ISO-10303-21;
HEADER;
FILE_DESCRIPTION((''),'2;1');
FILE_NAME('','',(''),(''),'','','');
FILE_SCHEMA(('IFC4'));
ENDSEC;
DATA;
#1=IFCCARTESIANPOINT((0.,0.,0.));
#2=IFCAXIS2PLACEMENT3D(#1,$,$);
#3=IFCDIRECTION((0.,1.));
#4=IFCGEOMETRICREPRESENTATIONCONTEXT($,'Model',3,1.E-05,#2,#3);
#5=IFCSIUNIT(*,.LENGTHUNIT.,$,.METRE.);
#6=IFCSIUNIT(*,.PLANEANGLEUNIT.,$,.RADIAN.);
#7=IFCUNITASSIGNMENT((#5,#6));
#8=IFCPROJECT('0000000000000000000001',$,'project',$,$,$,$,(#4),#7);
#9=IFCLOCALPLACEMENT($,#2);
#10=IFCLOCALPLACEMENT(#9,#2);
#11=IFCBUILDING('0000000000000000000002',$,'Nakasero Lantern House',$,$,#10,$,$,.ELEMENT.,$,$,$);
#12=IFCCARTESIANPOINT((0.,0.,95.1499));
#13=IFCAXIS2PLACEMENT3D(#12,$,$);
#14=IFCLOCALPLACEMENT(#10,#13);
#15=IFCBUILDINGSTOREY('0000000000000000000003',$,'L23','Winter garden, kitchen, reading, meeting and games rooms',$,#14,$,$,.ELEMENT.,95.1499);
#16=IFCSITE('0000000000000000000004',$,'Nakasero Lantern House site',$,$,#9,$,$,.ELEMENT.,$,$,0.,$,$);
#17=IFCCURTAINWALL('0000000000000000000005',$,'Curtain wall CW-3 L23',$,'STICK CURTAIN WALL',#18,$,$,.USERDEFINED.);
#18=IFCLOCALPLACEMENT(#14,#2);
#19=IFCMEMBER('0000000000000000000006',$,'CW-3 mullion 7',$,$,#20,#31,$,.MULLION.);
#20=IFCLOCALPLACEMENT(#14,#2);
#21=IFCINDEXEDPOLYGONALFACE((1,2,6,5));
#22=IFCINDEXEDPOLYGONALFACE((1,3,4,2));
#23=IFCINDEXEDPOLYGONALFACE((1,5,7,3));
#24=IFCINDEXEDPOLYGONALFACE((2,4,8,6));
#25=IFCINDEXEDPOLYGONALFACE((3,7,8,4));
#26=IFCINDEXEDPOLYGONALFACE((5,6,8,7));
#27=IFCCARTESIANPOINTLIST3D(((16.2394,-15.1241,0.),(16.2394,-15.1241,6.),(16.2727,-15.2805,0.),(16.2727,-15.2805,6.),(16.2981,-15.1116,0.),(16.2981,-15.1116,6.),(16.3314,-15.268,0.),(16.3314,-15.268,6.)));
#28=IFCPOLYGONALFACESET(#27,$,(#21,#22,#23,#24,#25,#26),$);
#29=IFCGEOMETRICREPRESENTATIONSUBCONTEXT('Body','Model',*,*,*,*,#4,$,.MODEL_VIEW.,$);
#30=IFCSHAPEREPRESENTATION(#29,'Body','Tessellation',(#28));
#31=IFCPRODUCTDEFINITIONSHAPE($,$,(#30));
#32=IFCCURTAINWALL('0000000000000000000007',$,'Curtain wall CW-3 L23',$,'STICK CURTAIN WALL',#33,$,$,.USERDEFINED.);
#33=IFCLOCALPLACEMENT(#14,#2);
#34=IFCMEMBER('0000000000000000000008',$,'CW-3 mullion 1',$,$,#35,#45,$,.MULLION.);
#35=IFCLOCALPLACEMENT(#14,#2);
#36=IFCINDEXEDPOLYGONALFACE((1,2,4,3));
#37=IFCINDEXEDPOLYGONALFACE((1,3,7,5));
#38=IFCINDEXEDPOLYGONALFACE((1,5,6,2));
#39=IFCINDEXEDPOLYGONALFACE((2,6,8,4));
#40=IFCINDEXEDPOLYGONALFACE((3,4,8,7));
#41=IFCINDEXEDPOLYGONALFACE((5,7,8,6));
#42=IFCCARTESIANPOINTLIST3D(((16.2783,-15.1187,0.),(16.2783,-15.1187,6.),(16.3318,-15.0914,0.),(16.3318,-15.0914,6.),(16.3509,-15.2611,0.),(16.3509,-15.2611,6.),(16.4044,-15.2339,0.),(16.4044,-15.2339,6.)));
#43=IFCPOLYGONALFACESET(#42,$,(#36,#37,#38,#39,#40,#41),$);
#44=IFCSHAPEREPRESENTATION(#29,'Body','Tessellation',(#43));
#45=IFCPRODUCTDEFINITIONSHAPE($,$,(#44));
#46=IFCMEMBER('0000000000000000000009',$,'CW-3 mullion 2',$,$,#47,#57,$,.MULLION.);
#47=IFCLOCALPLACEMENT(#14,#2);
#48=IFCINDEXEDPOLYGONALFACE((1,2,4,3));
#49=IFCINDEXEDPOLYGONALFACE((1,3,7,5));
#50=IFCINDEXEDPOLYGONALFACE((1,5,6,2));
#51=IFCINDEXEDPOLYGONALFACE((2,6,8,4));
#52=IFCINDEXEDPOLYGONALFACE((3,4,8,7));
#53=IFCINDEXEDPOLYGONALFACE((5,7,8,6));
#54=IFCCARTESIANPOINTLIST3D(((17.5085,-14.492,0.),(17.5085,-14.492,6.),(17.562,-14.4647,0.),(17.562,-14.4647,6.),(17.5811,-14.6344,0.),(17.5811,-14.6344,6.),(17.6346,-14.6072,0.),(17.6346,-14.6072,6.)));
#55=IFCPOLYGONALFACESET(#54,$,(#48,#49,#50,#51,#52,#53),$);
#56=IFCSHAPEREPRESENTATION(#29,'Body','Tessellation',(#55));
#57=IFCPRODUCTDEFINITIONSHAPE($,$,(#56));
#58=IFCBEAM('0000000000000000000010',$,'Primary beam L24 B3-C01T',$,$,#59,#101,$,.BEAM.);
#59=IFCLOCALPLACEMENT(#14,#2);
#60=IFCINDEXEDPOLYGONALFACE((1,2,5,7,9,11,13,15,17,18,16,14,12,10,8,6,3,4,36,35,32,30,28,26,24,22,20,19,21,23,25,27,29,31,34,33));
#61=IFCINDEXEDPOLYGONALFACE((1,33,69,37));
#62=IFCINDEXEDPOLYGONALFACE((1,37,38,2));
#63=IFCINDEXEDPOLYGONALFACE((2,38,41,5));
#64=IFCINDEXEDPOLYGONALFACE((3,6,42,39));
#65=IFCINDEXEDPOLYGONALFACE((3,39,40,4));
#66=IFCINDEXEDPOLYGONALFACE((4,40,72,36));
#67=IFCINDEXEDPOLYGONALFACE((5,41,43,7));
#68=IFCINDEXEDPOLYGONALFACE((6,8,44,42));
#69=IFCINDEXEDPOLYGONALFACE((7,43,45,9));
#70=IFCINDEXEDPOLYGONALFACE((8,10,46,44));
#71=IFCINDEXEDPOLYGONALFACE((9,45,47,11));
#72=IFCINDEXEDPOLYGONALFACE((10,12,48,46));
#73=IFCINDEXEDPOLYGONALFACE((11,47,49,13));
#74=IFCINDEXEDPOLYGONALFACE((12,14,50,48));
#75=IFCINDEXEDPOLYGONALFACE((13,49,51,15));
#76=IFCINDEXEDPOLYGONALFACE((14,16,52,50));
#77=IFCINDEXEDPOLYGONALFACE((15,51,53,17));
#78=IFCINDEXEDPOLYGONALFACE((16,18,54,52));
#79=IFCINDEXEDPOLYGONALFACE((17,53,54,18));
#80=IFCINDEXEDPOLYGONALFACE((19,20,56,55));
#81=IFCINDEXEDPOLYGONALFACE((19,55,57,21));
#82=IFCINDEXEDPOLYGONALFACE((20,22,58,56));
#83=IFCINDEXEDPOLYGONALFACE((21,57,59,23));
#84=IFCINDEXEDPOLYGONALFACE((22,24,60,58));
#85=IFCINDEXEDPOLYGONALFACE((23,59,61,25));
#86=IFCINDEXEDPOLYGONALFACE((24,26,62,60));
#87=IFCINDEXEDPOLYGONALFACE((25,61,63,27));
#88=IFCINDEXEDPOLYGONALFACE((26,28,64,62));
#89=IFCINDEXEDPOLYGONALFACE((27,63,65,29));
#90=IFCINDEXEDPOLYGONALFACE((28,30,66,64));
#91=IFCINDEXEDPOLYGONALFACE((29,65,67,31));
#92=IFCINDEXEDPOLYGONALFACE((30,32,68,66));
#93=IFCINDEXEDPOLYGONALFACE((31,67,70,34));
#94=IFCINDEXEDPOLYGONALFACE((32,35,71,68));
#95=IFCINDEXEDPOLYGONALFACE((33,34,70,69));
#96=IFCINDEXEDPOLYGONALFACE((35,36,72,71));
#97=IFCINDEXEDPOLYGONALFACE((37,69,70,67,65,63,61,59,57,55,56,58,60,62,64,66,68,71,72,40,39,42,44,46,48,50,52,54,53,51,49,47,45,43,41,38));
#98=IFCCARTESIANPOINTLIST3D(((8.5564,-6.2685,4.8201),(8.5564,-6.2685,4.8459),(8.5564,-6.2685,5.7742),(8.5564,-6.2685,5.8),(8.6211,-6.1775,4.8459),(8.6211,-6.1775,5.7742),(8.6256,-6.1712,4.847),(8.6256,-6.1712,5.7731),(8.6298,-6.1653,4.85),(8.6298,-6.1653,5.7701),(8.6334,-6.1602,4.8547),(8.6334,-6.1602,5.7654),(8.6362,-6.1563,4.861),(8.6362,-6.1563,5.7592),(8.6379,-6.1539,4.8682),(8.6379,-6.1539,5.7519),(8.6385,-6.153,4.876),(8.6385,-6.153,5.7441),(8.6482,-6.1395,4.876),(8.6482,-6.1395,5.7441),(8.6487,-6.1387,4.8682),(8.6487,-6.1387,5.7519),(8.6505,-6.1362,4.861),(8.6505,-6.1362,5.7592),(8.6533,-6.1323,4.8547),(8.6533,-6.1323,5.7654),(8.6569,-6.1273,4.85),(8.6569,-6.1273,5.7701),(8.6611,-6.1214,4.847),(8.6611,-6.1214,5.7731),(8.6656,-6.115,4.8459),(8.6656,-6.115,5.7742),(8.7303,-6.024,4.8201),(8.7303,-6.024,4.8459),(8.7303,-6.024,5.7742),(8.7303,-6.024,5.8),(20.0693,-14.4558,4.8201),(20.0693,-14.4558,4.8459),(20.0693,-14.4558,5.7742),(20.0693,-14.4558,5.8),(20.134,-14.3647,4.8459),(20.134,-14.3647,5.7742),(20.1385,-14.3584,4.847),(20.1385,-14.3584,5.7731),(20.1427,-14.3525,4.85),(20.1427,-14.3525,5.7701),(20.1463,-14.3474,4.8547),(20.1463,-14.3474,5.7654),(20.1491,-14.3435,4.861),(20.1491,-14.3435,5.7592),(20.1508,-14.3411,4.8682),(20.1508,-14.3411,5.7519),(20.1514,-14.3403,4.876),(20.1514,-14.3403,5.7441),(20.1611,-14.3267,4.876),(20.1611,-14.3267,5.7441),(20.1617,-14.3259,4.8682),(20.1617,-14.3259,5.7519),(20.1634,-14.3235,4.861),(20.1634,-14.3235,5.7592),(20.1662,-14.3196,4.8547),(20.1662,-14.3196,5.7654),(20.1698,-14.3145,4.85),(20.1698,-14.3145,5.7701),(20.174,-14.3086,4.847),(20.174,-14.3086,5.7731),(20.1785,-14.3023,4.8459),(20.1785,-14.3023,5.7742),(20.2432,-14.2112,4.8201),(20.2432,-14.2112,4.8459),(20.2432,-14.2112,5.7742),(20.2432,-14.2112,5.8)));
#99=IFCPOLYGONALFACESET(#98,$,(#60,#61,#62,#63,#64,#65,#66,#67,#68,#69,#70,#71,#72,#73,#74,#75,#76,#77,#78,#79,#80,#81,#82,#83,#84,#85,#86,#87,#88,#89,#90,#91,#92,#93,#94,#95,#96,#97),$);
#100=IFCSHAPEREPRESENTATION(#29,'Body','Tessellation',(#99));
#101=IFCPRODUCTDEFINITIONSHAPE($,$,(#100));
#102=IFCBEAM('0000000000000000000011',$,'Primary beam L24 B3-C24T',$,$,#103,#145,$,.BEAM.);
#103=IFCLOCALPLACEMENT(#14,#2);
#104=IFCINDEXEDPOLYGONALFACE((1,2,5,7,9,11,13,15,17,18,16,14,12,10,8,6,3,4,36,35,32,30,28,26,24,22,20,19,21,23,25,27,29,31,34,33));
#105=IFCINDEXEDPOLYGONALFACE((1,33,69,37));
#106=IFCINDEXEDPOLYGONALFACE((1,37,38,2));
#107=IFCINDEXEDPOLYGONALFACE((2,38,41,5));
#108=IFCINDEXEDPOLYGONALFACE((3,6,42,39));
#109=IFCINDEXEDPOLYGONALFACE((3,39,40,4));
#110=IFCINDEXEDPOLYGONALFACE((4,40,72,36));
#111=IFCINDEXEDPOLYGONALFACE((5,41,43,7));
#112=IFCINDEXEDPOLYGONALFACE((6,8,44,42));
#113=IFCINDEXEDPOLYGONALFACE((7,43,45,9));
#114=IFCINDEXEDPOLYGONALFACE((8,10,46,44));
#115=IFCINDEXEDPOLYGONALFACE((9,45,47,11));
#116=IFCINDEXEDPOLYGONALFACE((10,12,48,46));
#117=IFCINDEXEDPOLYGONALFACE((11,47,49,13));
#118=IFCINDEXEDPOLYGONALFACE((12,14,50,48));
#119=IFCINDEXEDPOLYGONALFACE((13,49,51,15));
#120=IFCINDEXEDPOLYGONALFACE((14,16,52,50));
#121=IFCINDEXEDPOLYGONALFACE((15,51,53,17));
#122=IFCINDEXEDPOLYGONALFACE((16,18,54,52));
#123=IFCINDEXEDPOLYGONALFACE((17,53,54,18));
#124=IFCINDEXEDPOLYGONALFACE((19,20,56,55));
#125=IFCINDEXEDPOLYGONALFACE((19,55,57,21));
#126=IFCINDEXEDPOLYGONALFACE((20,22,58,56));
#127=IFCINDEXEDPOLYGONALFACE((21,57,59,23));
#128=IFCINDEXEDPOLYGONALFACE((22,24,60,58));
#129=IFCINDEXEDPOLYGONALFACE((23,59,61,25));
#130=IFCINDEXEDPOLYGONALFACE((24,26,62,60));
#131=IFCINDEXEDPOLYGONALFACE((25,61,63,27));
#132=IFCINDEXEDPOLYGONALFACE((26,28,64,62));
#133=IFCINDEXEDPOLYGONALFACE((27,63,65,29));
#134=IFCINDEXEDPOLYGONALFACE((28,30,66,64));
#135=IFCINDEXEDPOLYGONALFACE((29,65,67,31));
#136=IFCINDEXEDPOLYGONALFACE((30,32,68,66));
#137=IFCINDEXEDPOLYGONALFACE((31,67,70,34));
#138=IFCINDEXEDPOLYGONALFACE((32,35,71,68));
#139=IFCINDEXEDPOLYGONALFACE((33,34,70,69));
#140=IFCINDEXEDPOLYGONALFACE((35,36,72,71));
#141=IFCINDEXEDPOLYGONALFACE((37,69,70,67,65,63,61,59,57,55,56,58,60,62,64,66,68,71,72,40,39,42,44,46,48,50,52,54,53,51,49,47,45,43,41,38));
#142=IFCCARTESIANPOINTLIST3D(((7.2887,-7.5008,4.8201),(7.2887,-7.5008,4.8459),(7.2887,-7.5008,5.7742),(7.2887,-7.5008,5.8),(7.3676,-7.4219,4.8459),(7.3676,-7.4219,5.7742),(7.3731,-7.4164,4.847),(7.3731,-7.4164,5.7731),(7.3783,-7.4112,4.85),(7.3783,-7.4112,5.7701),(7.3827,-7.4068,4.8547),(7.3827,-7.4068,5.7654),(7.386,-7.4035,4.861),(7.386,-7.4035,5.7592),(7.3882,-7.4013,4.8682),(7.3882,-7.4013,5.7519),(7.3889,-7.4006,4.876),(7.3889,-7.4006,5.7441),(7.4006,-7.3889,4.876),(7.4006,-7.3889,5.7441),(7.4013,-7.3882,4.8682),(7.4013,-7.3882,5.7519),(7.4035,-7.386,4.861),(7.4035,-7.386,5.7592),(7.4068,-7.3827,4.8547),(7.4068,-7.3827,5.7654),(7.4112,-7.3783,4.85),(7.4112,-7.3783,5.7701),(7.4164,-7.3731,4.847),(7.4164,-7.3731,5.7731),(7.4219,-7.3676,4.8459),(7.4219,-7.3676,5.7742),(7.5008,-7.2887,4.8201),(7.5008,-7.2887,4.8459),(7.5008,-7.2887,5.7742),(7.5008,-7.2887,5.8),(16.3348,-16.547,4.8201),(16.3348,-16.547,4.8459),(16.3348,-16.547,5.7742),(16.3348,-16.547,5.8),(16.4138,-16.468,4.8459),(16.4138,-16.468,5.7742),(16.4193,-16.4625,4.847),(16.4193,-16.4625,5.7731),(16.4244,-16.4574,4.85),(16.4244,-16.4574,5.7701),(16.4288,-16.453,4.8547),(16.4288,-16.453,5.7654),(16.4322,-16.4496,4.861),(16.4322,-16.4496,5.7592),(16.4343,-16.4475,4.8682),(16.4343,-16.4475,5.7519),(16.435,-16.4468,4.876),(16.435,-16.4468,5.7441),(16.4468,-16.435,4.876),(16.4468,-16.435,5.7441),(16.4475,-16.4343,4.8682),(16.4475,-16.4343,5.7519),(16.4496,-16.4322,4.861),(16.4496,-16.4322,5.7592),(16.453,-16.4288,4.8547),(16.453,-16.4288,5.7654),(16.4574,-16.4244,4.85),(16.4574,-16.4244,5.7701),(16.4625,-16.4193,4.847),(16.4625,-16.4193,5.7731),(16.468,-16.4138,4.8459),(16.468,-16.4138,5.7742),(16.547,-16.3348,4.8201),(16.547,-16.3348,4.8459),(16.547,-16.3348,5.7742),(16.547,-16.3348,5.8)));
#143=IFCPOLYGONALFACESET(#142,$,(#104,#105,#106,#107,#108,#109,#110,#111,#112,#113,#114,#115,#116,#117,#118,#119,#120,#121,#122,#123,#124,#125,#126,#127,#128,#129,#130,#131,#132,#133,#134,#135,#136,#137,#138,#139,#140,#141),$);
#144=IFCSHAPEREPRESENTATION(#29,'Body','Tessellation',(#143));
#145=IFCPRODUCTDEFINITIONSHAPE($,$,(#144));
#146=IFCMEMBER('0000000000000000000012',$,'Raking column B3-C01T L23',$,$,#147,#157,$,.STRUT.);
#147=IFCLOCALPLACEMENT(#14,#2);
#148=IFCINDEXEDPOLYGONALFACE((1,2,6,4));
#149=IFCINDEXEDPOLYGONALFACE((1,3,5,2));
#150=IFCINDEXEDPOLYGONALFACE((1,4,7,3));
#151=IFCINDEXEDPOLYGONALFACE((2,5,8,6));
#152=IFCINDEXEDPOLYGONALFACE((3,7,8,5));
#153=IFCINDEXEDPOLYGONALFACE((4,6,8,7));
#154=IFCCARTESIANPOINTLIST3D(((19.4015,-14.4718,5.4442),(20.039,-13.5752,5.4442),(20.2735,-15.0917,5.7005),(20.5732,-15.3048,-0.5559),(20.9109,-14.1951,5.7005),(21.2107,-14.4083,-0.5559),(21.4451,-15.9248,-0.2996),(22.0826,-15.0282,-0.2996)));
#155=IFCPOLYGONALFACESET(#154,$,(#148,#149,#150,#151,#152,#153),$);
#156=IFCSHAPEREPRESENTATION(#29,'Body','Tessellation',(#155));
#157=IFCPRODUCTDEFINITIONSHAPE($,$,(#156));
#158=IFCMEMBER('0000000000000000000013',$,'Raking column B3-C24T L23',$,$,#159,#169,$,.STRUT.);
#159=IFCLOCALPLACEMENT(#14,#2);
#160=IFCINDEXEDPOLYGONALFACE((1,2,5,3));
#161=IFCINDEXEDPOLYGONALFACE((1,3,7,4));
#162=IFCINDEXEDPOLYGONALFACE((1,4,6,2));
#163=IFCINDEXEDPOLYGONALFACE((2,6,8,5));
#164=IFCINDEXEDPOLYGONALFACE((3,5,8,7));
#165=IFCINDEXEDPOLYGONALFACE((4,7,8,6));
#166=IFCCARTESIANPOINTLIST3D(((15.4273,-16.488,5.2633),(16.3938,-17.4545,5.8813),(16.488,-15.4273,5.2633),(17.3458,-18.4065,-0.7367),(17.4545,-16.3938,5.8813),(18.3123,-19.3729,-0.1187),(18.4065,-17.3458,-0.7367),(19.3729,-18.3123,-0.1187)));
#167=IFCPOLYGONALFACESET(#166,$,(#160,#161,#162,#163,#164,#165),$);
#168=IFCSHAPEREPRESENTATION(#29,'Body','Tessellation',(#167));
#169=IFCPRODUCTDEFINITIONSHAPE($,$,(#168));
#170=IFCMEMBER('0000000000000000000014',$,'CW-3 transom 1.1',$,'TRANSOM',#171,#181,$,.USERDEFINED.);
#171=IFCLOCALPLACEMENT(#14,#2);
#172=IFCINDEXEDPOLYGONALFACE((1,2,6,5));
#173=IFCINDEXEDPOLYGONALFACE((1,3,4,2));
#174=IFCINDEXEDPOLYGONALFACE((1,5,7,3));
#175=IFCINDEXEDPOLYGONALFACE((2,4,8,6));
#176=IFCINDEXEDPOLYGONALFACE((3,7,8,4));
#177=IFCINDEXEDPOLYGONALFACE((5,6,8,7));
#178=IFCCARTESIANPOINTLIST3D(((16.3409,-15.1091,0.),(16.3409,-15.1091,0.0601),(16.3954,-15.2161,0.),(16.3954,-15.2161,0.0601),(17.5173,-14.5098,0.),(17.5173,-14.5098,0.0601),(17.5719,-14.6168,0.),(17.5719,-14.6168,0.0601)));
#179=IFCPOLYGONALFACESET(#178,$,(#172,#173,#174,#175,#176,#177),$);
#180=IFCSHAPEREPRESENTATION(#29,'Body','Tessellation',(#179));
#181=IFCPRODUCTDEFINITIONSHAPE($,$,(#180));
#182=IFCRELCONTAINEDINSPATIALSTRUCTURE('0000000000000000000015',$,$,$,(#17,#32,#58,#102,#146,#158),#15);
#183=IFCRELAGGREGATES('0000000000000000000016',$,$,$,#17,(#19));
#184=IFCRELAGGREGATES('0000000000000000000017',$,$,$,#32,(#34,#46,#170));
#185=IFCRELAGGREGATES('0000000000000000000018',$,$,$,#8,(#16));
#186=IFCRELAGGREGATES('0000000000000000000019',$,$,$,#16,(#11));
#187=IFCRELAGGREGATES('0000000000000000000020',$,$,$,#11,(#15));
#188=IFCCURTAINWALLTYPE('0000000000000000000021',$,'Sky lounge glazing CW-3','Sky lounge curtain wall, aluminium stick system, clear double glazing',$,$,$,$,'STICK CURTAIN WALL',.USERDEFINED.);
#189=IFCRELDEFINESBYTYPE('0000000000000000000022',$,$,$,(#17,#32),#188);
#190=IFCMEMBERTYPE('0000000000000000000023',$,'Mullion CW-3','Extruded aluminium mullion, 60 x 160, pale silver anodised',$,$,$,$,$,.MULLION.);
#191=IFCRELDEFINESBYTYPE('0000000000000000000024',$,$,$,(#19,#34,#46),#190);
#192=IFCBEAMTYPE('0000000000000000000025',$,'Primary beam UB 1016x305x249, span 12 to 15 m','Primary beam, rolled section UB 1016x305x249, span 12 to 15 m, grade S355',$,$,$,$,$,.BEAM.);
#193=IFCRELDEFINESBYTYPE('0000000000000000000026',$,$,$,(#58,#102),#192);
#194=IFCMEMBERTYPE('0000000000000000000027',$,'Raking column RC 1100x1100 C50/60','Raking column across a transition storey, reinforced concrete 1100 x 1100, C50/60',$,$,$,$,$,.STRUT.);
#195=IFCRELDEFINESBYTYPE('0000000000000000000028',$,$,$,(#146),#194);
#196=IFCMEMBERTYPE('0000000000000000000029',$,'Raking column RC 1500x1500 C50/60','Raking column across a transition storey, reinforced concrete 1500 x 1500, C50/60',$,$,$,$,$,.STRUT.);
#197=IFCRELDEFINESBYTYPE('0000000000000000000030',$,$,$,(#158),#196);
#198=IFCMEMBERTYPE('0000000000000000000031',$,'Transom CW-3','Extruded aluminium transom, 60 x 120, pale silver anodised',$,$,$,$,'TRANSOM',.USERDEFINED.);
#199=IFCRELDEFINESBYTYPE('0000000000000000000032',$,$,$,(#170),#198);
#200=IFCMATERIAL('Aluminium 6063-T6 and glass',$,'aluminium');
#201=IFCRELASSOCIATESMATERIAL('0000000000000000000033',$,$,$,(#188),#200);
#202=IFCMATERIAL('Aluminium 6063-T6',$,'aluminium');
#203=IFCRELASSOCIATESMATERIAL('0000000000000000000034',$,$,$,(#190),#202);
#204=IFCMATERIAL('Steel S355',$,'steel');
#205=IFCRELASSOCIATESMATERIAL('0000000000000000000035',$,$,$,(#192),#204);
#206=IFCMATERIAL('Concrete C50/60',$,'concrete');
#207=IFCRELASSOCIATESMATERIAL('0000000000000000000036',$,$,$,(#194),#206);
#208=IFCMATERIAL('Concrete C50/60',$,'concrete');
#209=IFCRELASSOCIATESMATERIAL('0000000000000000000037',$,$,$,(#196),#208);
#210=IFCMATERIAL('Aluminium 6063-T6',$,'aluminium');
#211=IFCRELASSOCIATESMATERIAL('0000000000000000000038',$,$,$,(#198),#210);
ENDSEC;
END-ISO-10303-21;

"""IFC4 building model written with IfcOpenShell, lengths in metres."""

from ifc_helpers import new_model, si_unit, direction, frame, origin, origin_2d, place, context, subcontext, project, spatial, rectangle, i_section, extrude, material, material_profile, profile_set, type_object, element, aggregate, save


model = new_model("IFC4")

# Units and contexts
model_context = context("Model", 3, precision=1e-05, world=origin(), true_north=direction((0.0, 1.0)))
body_context = subcontext(model_context, "Body", "Model", "MODEL_VIEW")
ifc_project = project(units=[si_unit("LENGTHUNIT", "METRE"), si_unit("PLANEANGLEUNIT", "RADIAN")], contexts=[model_context])

# Site, building, storey
site_placement = place(None, origin())
site = spatial("IfcSite", under=ifc_project, at=site_placement, Name="Nakasero Lantern House site", CompositionType="ELEMENT", RefElevation=0.0)
building_placement = place(site_placement, origin())
building = spatial("IfcBuilding", under=site, at=building_placement, Name="Nakasero Lantern House", CompositionType="ELEMENT")
storey_placement = place(building_placement, frame((0.0, 0.0, 95.1499)))
storey = spatial("IfcBuildingStorey", under=building, at=storey_placement, Name="L23", Description="Winter garden, kitchen, reading, meeting and games rooms", CompositionType="ELEMENT", Elevation=95.1499)

# Curtain wall, member
ifc_material_1 = material(Name="Aluminium 6063-T6 and glass", Category="aluminium")
curtain_wall_type = type_object("IfcCurtainWallType", Name="Sky lounge glazing CW-3", Description="Sky lounge curtain wall, aluminium stick system, clear double glazing", ElementType="STICK CURTAIN WALL", PredefinedType="USERDEFINED", material=ifc_material_1)
curtain_wall_1_placement = place(storey_placement, origin())
curtain_wall_1 = element("IfcCurtainWall", 1, at=curtain_wall_1_placement, inside=storey, type_object=curtain_wall_type, Name="Curtain wall CW-3 L23", ObjectType="STICK CURTAIN WALL", PredefinedType="USERDEFINED")
ifc_material_2 = material(Name="Aluminium 6063-T6", Category="aluminium")
ifc_material_profile_1 = material_profile(ifc_material_2, rectangle(XDim=0.0601, YDim=0.1599, at=origin_2d()), Name="CW-3 mullion 60x160")
ifc_profile_set_1 = profile_set([ifc_material_profile_1], Name="Aluminium 6063-T6")
member_type_1 = type_object("IfcMemberType", Name="Mullion CW-3", Description="Extruded aluminium mullion, 60 x 160, pale silver anodised", PredefinedType="MULLION", material=ifc_profile_set_1)
member_1_placement = place(storey_placement, frame((16.2854, -15.196, 0.0), z_axis=(0.0, 0.0, 1.0), x_axis=(0.978148, 0.207912, 0.0)))
member_1 = element("IfcMember", 2, at=member_1_placement, type_object=member_type_1, Name="CW-3 mullion 7", PredefinedType="MULLION", context=body_context, shape_type="SweptSolid", body=[
    extrude(rectangle(XDim=0.0601, YDim=0.1599, at=origin_2d()), origin(), (0.0, 0.0, 1.0), 6.0),
])
aggregate(curtain_wall_1, [member_1])

# Curtain wall, members
curtain_wall_2_placement = place(storey_placement, origin())
curtain_wall_2 = element("IfcCurtainWall", 3, at=curtain_wall_2_placement, inside=storey, type_object=curtain_wall_type, Name="Curtain wall CW-3 L23", ObjectType="STICK CURTAIN WALL", PredefinedType="USERDEFINED")
member_2_placement = place(storey_placement, frame((16.3413, -15.1763, 0.0), z_axis=(0.0, 0.0, 1.0), x_axis=(0.891007, 0.45399, 0.0)))
member_2 = element("IfcMember", 4, at=member_2_placement, type_object=member_type_1, Name="CW-3 mullion 1", PredefinedType="MULLION", context=body_context, shape_type="SweptSolid", body=[
    extrude(rectangle(XDim=0.0601, YDim=0.1599, at=origin_2d()), origin(), (0.0, 0.0, 1.0), 6.0),
])
member_3_placement = place(storey_placement, frame((17.5715, -14.5496, 0.0), z_axis=(0.0, 0.0, 1.0), x_axis=(0.891007, 0.45399, 0.0)))
member_3 = element("IfcMember", 5, at=member_3_placement, type_object=member_type_1, Name="CW-3 mullion 2", PredefinedType="MULLION", context=body_context, shape_type="SweptSolid", body=[
    extrude(rectangle(XDim=0.0601, YDim=0.1599, at=origin_2d()), origin(), (0.0, 0.0, 1.0), 6.0),
])

# Beams
ifc_material_3 = material(Name="Steel S355", Category="steel")
ifc_material_profile_2 = material_profile(ifc_material_3, i_section(OverallWidth=0.3, OverallDepth=0.98, WebThickness=0.0166, FlangeThickness=0.0259, FilletRadius=0.03, at=origin_2d()), Name="UB 1016x305x249")
ifc_profile_set_2 = profile_set([ifc_material_profile_2], Name="Steel S355")
beam_type = type_object("IfcBeamType", Name="Primary beam UB 1016x305x249, span 12 to 15 m", Description="Primary beam, rolled section UB 1016x305x249, span 12 to 15 m, grade S355", PredefinedType="BEAM", material=ifc_profile_set_2)
beam_1_placement = place(storey_placement, frame((20.1562, -14.3335, 5.3101), z_axis=(-0.814946, 0.579537, 0.0), x_axis=(-0.579537, -0.814946, 0.0)))
element("IfcBeam", 6, at=beam_1_placement, inside=storey, type_object=beam_type, Name="Primary beam L24 B3-C01T", PredefinedType="BEAM", context=body_context, shape_type="SweptSolid", body=[
    extrude(i_section(OverallWidth=0.3, OverallDepth=0.98, WebThickness=0.0166, FlangeThickness=0.0259, FilletRadius=0.03, at=origin_2d()), origin(), (0.0, 0.0, 1.0), 14.1272),
])
beam_2_placement = place(storey_placement, frame((16.4409, -16.4409, 5.3101), z_axis=(-0.707107, 0.707107, 0.0), x_axis=(-0.707107, -0.707107, 0.0)))
element("IfcBeam", 7, at=beam_2_placement, inside=storey, type_object=beam_type, Name="Primary beam L24 B3-C24T", PredefinedType="BEAM", context=body_context, shape_type="SweptSolid", body=[
    extrude(i_section(OverallWidth=0.3, OverallDepth=0.98, WebThickness=0.0166, FlangeThickness=0.0259, FilletRadius=0.03, at=origin_2d()), origin(), (0.0, 0.0, 1.0), 12.7932),
])

# Members
ifc_material_4 = material(Name="Concrete C50/60", Category="concrete")
ifc_material_profile_3 = material_profile(ifc_material_4, rectangle(XDim=1.1001, YDim=1.1001, at=origin_2d()), Name="RC 1100x1100")
ifc_profile_set_3 = profile_set([ifc_material_profile_3], Name="Concrete C50/60")
member_type_2 = type_object("IfcMemberType", Name="Raking column RC 1100x1100 C50/60", Description="Raking column across a transition storey, reinforced concrete 1100 x 1100, C50/60", PredefinedType="STRUT", material=ifc_profile_set_3)
member_4_placement = place(storey_placement, frame((21.3279, -15.1665, -0.4277), z_axis=(-0.189897, 0.135013, 0.972476), x_axis=(-0.579454, -0.815005, 0.0)))
element("IfcMember", 8, at=member_4_placement, inside=storey, type_object=member_type_2, Name="Raking column B3-C01T L23", PredefinedType="STRUT", context=body_context, shape_type="SweptSolid", body=[
    extrude(rectangle(XDim=1.1001, YDim=1.1001, at=origin_2d()), origin(), (0.0, 0.0, 1.0), 6.1699),
])
ifc_material_5 = material(Name="Concrete C50/60", Category="concrete")
ifc_material_profile_4 = material_profile(ifc_material_5, rectangle(XDim=1.5, YDim=1.5, at=origin_2d()), Name="RC 1500x1500")
ifc_profile_set_4 = profile_set([ifc_material_profile_4], Name="Concrete C50/60")
member_type_3 = type_object("IfcMemberType", Name="Raking column RC 1500x1500 C50/60", Description="Raking column across a transition storey, reinforced concrete 1500 x 1500, C50/60", PredefinedType="STRUT", material=ifc_profile_set_4)
member_5_placement = place(storey_placement, frame((18.3594, -18.3594, -0.4277), z_axis=(-0.291342, 0.291342, 0.911175), x_axis=(-0.707107, -0.707107, 0.0)))
element("IfcMember", 9, at=member_5_placement, inside=storey, type_object=member_type_3, Name="Raking column B3-C24T L23", PredefinedType="STRUT", context=body_context, shape_type="SweptSolid", body=[
    extrude(rectangle(XDim=1.5, YDim=1.5, at=origin_2d()), origin(), (0.0, 0.0, 1.0), 6.585),
])

# Member
ifc_material_6 = material(Name="Aluminium 6063-T6", Category="aluminium")
ifc_material_profile_5 = material_profile(ifc_material_6, rectangle(XDim=0.0601, YDim=0.1201, at=origin_2d()), Name="CW-3 transom 60x120")
ifc_profile_set_5 = profile_set([ifc_material_profile_5], Name="Aluminium 6063-T6")
member_type_4 = type_object("IfcMemberType", Name="Transom CW-3", Description="Extruded aluminium transom, 60 x 120, pale silver anodised", ElementType="TRANSOM", PredefinedType="USERDEFINED", material=ifc_profile_set_5)
member_6_placement = place(storey_placement, frame((16.3682, -15.1626, 0.03), z_axis=(0.891037, 0.453931, 0.0), x_axis=(0.0, 0.0, 1.0)))
member_6 = element("IfcMember", 10, at=member_6_placement, type_object=member_type_4, Name="CW-3 transom 1.1", ObjectType="TRANSOM", PredefinedType="USERDEFINED", context=body_context, shape_type="SweptSolid", body=[
    extrude(rectangle(XDim=0.0601, YDim=0.1201, at=origin_2d()), origin(), (0.0, 0.0, 1.0), 1.3203),
])

aggregate(curtain_wall_2, [member_2, member_3, member_6])

save(model, "model.ifc")
